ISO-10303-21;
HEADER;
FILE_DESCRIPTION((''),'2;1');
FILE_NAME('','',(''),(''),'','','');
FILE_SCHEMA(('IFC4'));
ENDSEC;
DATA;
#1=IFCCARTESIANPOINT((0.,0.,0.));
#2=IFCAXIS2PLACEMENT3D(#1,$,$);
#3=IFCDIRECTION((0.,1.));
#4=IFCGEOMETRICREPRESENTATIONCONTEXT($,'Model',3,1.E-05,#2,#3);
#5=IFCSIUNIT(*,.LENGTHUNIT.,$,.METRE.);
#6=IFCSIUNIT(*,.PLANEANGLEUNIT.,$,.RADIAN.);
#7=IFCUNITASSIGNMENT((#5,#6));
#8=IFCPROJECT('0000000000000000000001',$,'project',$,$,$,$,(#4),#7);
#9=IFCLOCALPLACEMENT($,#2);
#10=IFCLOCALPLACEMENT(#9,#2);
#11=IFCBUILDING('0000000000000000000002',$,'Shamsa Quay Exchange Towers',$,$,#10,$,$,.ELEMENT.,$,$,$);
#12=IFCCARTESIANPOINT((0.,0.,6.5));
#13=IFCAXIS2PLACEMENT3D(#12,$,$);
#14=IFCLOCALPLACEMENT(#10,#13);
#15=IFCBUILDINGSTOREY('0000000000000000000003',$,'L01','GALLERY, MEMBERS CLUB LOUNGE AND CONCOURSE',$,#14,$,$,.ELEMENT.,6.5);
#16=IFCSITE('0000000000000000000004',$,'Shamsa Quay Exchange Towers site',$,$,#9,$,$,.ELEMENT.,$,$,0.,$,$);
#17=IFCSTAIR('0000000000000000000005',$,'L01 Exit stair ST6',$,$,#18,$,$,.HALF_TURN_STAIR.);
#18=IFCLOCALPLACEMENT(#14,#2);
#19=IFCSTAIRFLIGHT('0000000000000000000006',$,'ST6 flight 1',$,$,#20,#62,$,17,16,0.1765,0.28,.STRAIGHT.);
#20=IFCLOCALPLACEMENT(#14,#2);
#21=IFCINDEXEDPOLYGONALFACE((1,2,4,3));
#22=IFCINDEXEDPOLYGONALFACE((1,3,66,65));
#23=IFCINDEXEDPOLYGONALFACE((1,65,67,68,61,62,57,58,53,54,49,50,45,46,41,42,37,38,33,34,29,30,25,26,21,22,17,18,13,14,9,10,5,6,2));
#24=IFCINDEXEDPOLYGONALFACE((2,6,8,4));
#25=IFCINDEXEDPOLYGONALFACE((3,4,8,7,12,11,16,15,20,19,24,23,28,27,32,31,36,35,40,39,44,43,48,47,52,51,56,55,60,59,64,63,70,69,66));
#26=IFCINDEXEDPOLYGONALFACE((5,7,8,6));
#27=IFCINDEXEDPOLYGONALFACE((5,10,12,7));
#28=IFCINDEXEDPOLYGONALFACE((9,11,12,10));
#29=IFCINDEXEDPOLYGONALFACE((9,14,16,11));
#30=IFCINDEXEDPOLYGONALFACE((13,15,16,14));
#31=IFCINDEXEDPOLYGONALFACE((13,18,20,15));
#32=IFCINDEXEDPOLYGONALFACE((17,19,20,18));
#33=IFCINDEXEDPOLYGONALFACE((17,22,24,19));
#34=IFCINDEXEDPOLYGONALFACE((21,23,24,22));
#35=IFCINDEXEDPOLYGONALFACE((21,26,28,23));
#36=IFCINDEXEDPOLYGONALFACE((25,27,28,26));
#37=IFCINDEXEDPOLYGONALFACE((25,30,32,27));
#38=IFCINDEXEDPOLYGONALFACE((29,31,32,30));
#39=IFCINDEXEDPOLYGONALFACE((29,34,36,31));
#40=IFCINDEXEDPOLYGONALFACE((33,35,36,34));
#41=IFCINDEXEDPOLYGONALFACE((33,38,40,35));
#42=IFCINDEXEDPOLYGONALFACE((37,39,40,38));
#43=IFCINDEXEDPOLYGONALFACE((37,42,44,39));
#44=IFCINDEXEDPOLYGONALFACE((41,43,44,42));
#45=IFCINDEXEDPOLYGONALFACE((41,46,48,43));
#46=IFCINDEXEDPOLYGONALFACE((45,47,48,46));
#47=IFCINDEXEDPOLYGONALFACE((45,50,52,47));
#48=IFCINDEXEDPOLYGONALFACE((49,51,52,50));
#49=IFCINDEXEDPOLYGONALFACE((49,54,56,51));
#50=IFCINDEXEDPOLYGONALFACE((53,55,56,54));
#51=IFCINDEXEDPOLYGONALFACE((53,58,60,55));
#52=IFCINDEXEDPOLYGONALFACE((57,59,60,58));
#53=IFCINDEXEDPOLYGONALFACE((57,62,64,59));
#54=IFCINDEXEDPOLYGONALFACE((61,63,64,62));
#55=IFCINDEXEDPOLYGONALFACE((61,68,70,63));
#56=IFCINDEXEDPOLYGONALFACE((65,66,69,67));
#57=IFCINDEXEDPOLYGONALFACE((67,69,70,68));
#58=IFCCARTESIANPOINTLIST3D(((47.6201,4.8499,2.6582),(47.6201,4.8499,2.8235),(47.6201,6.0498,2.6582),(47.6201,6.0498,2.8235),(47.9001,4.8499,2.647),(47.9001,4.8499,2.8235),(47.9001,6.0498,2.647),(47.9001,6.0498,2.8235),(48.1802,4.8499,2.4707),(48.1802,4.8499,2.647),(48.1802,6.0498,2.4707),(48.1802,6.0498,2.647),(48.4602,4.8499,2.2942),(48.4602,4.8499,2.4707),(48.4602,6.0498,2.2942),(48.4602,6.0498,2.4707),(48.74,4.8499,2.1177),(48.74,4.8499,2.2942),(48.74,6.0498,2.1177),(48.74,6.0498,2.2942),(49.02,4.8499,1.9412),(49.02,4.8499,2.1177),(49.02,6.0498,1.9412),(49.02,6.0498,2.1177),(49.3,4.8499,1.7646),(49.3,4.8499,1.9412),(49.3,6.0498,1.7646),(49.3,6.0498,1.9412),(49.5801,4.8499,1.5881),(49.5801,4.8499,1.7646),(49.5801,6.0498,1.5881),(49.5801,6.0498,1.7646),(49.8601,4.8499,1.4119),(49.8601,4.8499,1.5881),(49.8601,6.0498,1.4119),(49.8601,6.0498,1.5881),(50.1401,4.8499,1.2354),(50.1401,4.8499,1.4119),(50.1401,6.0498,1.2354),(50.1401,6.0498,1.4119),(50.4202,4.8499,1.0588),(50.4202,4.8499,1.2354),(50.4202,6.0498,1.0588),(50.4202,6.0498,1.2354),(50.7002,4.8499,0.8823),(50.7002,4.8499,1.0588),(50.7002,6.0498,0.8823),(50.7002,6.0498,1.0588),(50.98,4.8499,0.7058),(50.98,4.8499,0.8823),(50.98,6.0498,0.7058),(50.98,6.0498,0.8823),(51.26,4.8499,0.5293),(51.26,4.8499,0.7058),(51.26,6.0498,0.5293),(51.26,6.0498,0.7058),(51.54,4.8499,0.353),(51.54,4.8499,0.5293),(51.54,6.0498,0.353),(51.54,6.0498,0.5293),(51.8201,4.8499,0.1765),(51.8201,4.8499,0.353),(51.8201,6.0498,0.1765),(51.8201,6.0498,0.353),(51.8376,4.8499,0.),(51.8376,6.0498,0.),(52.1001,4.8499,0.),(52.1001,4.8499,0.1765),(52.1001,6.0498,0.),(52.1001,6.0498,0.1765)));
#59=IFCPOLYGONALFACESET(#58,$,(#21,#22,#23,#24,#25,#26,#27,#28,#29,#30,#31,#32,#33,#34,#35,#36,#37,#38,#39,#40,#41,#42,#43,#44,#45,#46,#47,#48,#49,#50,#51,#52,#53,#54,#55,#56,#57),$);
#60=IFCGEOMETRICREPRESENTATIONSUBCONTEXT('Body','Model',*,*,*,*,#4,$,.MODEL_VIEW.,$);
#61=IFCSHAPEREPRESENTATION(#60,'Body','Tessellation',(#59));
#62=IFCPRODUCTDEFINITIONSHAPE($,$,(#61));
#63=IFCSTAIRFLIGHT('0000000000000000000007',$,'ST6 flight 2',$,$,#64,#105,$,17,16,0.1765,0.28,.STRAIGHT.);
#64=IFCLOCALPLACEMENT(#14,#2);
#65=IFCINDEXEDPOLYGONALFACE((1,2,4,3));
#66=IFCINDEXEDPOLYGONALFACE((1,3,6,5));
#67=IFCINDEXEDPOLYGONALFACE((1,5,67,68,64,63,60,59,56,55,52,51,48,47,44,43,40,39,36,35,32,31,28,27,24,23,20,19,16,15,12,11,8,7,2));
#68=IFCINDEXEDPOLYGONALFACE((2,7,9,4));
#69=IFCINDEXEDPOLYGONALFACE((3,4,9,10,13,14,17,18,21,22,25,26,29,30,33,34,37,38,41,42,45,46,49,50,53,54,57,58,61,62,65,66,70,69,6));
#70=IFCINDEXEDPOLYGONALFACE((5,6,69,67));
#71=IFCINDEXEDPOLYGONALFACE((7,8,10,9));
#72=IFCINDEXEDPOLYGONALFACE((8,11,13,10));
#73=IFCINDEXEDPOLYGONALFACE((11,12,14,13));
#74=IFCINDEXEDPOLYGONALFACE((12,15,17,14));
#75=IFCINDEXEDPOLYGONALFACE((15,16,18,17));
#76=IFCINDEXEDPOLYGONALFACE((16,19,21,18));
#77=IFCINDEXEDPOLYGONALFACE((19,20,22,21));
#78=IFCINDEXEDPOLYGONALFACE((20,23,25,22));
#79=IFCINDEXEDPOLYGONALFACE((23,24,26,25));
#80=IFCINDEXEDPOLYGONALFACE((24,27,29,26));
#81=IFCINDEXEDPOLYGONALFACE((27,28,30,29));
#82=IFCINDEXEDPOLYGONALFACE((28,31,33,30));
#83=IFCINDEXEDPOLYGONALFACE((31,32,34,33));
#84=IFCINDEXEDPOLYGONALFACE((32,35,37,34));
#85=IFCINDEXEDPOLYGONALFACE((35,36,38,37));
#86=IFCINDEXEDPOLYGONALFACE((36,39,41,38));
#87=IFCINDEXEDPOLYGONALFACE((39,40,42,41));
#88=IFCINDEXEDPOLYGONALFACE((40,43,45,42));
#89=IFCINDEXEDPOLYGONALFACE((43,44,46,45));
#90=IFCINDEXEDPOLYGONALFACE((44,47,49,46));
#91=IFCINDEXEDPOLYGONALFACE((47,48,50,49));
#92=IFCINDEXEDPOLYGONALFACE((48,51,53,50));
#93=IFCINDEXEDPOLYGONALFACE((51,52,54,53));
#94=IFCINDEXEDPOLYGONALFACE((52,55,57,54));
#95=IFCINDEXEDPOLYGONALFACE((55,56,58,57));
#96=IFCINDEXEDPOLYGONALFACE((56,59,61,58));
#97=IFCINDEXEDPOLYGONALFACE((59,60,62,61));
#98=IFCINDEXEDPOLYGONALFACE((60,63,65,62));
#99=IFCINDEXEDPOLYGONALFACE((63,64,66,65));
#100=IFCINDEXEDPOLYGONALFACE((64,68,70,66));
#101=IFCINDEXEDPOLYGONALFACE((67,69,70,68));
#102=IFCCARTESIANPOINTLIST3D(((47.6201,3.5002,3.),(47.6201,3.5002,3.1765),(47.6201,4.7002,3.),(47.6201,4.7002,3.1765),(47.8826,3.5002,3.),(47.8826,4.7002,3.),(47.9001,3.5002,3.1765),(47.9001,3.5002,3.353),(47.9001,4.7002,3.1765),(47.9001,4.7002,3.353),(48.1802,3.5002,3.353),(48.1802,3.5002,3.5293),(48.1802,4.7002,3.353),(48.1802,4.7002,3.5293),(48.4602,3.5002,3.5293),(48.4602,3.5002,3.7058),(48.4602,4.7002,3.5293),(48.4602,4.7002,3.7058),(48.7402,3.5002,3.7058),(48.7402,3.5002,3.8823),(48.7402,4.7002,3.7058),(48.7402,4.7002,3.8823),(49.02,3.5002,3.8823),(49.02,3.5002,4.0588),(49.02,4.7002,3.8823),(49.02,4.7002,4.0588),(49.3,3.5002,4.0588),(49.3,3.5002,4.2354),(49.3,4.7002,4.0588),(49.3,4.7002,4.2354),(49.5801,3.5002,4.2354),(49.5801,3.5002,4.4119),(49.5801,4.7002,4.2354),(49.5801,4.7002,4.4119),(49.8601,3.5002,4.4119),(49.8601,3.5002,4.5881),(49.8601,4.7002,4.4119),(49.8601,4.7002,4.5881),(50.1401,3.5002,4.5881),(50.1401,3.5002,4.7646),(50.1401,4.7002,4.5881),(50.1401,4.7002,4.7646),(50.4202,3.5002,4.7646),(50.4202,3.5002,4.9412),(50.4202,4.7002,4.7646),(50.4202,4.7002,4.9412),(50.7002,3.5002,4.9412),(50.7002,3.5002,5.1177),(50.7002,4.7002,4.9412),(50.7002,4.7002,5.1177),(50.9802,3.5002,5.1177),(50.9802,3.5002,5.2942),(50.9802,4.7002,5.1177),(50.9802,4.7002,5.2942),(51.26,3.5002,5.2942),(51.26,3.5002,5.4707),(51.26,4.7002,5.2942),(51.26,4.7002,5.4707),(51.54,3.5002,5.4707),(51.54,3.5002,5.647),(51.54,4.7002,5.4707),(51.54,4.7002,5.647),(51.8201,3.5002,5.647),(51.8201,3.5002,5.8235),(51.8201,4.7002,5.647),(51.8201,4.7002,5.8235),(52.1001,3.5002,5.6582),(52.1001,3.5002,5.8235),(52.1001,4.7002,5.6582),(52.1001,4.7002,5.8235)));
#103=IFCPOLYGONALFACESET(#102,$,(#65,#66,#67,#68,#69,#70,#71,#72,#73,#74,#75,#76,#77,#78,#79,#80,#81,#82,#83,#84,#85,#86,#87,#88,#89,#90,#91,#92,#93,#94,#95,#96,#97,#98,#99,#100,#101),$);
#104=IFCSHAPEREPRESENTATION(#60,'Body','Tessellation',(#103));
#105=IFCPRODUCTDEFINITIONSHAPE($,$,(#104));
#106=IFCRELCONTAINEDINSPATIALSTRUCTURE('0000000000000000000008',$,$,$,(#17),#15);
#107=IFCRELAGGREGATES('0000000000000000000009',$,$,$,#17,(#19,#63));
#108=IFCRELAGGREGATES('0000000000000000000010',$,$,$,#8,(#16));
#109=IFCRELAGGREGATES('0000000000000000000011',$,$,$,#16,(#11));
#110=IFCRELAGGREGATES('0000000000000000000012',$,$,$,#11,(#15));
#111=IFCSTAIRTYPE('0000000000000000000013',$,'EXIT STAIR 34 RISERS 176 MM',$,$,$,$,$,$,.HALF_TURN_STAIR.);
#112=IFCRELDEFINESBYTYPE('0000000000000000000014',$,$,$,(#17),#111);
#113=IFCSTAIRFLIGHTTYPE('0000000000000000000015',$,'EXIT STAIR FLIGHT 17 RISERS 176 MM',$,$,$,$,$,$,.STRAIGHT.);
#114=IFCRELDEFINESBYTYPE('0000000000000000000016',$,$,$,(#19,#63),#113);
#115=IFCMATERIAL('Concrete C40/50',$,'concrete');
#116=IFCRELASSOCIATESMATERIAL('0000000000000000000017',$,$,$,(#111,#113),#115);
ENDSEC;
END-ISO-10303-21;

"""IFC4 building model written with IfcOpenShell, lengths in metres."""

from ifc_helpers import new_model, si_unit, direction, frame, origin, place, context, subcontext, project, spatial, polyline, outline, extrude, material, type_object, element, aggregate, save


model = new_model("IFC4")

# Units and contexts
model_context = context("Model", 3, precision=1e-05, world=origin(), true_north=direction((0.0, 1.0)))
body_context = subcontext(model_context, "Body", "Model", "MODEL_VIEW")
ifc_project = project(units=[si_unit("LENGTHUNIT", "METRE"), si_unit("PLANEANGLEUNIT", "RADIAN")], contexts=[model_context])

# Site, building, storey
site_placement = place(None, origin())
site = spatial("IfcSite", under=ifc_project, at=site_placement, Name="Shamsa Quay Exchange Towers site", CompositionType="ELEMENT", RefElevation=0.0)
building_placement = place(site_placement, origin())
building = spatial("IfcBuilding", under=site, at=building_placement, Name="Shamsa Quay Exchange Towers", CompositionType="ELEMENT")
storey_placement = place(building_placement, frame((0.0, 0.0, 6.5)))
storey = spatial("IfcBuildingStorey", under=building, at=storey_placement, Name="L01", Description="GALLERY, MEMBERS CLUB LOUNGE AND CONCOURSE", CompositionType="ELEMENT", Elevation=6.5)

# Stair, stair flights
ifc_material_1 = material(Name="Concrete C40/50", Category="concrete")
stair_type = type_object("IfcStairType", Name="EXIT STAIR 34 RISERS 176 MM", PredefinedType="HALF_TURN_STAIR", material=ifc_material_1)
stair_placement = place(storey_placement, origin())
stair = element("IfcStair", 1, at=stair_placement, inside=storey, type_object=stair_type, Name="L01 Exit stair ST6", PredefinedType="HALF_TURN_STAIR")
stair_flight_type = type_object("IfcStairFlightType", Name="EXIT STAIR FLIGHT 17 RISERS 176 MM", PredefinedType="STRAIGHT", material=ifc_material_1)
stair_flight_1_placement = place(storey_placement, frame((52.1001, 5.45, 0.0), z_axis=(0.0, 0.0, 1.0), x_axis=(-1.0, 0.0, 0.0)))
stair_flight_1 = element("IfcStairFlight", 2, at=stair_flight_1_placement, type_object=stair_flight_type, Name="ST6 flight 1", NumberOfRisers=17, NumberOfTreads=16, PredefinedType="STRAIGHT", RiserHeight=0.1765, TreadLength=0.28, context=body_context, shape_type="SweptSolid", body=[
    extrude(outline(polyline([(0.0, 0.0), (0.0, 0.1765), (0.28, 0.1765), (0.28, 0.353), (0.5601, 0.353), (0.5601, 0.5293), (0.8401, 0.5293), (0.8401, 0.7058), (1.1201, 0.7058), (1.1201, 0.8823), (1.3999, 0.8823), (1.3999, 1.0588), (1.6799, 1.0588), (1.6799, 1.2354), (1.96, 1.2354), (1.96, 1.4119), (2.24, 1.4119), (2.24, 1.5881), (2.52, 1.5881), (2.52, 1.7646), (2.8, 1.7646), (2.8, 1.9412), (3.0801, 1.9412), (3.0801, 2.1177), (3.3601, 2.1177), (3.3601, 2.2942), (3.6399, 2.2942), (3.6399, 2.4707), (3.9199, 2.4707), (3.9199, 2.647), (4.2, 2.647), (4.2, 2.8235), (4.48, 2.8235), (4.48, 3.0), (4.48, 2.6582), (0.2625, 0.0), (0.0, 0.0)])), frame((0.0, 0.6001, 0.0), z_axis=(0.0, -1.0, 0.0), x_axis=(1.0, 0.0, 0.0)), (0.0, 0.0, 1.0), 1.2),
])
stair_flight_2_placement = place(storey_placement, frame((47.6201, 4.1001, 3.0)))
stair_flight_2 = element("IfcStairFlight", 3, at=stair_flight_2_placement, type_object=stair_flight_type, Name="ST6 flight 2", NumberOfRisers=17, NumberOfTreads=16, PredefinedType="STRAIGHT", RiserHeight=0.1765, TreadLength=0.28, context=body_context, shape_type="SweptSolid", body=[
    extrude(outline(polyline([(0.0, 0.0), (0.0, 0.1765), (0.28, 0.1765), (0.28, 0.353), (0.5601, 0.353), (0.5601, 0.5293), (0.8401, 0.5293), (0.8401, 0.7058), (1.1201, 0.7058), (1.1201, 0.8823), (1.3999, 0.8823), (1.3999, 1.0588), (1.6799, 1.0588), (1.6799, 1.2354), (1.96, 1.2354), (1.96, 1.4119), (2.24, 1.4119), (2.24, 1.5881), (2.52, 1.5881), (2.52, 1.7646), (2.8, 1.7646), (2.8, 1.9412), (3.0801, 1.9412), (3.0801, 2.1177), (3.3601, 2.1177), (3.3601, 2.2942), (3.6399, 2.2942), (3.6399, 2.4707), (3.9199, 2.4707), (3.9199, 2.647), (4.2, 2.647), (4.2, 2.8235), (4.48, 2.8235), (4.48, 3.0), (4.48, 2.6582), (0.2625, 0.0), (0.0, 0.0)])), frame((0.0, 0.6001, 0.0), z_axis=(0.0, -1.0, 0.0), x_axis=(1.0, 0.0, 0.0)), (0.0, 0.0, 1.0), 1.2),
])
aggregate(stair, [stair_flight_1, stair_flight_2])

save(model, "model.ifc")
